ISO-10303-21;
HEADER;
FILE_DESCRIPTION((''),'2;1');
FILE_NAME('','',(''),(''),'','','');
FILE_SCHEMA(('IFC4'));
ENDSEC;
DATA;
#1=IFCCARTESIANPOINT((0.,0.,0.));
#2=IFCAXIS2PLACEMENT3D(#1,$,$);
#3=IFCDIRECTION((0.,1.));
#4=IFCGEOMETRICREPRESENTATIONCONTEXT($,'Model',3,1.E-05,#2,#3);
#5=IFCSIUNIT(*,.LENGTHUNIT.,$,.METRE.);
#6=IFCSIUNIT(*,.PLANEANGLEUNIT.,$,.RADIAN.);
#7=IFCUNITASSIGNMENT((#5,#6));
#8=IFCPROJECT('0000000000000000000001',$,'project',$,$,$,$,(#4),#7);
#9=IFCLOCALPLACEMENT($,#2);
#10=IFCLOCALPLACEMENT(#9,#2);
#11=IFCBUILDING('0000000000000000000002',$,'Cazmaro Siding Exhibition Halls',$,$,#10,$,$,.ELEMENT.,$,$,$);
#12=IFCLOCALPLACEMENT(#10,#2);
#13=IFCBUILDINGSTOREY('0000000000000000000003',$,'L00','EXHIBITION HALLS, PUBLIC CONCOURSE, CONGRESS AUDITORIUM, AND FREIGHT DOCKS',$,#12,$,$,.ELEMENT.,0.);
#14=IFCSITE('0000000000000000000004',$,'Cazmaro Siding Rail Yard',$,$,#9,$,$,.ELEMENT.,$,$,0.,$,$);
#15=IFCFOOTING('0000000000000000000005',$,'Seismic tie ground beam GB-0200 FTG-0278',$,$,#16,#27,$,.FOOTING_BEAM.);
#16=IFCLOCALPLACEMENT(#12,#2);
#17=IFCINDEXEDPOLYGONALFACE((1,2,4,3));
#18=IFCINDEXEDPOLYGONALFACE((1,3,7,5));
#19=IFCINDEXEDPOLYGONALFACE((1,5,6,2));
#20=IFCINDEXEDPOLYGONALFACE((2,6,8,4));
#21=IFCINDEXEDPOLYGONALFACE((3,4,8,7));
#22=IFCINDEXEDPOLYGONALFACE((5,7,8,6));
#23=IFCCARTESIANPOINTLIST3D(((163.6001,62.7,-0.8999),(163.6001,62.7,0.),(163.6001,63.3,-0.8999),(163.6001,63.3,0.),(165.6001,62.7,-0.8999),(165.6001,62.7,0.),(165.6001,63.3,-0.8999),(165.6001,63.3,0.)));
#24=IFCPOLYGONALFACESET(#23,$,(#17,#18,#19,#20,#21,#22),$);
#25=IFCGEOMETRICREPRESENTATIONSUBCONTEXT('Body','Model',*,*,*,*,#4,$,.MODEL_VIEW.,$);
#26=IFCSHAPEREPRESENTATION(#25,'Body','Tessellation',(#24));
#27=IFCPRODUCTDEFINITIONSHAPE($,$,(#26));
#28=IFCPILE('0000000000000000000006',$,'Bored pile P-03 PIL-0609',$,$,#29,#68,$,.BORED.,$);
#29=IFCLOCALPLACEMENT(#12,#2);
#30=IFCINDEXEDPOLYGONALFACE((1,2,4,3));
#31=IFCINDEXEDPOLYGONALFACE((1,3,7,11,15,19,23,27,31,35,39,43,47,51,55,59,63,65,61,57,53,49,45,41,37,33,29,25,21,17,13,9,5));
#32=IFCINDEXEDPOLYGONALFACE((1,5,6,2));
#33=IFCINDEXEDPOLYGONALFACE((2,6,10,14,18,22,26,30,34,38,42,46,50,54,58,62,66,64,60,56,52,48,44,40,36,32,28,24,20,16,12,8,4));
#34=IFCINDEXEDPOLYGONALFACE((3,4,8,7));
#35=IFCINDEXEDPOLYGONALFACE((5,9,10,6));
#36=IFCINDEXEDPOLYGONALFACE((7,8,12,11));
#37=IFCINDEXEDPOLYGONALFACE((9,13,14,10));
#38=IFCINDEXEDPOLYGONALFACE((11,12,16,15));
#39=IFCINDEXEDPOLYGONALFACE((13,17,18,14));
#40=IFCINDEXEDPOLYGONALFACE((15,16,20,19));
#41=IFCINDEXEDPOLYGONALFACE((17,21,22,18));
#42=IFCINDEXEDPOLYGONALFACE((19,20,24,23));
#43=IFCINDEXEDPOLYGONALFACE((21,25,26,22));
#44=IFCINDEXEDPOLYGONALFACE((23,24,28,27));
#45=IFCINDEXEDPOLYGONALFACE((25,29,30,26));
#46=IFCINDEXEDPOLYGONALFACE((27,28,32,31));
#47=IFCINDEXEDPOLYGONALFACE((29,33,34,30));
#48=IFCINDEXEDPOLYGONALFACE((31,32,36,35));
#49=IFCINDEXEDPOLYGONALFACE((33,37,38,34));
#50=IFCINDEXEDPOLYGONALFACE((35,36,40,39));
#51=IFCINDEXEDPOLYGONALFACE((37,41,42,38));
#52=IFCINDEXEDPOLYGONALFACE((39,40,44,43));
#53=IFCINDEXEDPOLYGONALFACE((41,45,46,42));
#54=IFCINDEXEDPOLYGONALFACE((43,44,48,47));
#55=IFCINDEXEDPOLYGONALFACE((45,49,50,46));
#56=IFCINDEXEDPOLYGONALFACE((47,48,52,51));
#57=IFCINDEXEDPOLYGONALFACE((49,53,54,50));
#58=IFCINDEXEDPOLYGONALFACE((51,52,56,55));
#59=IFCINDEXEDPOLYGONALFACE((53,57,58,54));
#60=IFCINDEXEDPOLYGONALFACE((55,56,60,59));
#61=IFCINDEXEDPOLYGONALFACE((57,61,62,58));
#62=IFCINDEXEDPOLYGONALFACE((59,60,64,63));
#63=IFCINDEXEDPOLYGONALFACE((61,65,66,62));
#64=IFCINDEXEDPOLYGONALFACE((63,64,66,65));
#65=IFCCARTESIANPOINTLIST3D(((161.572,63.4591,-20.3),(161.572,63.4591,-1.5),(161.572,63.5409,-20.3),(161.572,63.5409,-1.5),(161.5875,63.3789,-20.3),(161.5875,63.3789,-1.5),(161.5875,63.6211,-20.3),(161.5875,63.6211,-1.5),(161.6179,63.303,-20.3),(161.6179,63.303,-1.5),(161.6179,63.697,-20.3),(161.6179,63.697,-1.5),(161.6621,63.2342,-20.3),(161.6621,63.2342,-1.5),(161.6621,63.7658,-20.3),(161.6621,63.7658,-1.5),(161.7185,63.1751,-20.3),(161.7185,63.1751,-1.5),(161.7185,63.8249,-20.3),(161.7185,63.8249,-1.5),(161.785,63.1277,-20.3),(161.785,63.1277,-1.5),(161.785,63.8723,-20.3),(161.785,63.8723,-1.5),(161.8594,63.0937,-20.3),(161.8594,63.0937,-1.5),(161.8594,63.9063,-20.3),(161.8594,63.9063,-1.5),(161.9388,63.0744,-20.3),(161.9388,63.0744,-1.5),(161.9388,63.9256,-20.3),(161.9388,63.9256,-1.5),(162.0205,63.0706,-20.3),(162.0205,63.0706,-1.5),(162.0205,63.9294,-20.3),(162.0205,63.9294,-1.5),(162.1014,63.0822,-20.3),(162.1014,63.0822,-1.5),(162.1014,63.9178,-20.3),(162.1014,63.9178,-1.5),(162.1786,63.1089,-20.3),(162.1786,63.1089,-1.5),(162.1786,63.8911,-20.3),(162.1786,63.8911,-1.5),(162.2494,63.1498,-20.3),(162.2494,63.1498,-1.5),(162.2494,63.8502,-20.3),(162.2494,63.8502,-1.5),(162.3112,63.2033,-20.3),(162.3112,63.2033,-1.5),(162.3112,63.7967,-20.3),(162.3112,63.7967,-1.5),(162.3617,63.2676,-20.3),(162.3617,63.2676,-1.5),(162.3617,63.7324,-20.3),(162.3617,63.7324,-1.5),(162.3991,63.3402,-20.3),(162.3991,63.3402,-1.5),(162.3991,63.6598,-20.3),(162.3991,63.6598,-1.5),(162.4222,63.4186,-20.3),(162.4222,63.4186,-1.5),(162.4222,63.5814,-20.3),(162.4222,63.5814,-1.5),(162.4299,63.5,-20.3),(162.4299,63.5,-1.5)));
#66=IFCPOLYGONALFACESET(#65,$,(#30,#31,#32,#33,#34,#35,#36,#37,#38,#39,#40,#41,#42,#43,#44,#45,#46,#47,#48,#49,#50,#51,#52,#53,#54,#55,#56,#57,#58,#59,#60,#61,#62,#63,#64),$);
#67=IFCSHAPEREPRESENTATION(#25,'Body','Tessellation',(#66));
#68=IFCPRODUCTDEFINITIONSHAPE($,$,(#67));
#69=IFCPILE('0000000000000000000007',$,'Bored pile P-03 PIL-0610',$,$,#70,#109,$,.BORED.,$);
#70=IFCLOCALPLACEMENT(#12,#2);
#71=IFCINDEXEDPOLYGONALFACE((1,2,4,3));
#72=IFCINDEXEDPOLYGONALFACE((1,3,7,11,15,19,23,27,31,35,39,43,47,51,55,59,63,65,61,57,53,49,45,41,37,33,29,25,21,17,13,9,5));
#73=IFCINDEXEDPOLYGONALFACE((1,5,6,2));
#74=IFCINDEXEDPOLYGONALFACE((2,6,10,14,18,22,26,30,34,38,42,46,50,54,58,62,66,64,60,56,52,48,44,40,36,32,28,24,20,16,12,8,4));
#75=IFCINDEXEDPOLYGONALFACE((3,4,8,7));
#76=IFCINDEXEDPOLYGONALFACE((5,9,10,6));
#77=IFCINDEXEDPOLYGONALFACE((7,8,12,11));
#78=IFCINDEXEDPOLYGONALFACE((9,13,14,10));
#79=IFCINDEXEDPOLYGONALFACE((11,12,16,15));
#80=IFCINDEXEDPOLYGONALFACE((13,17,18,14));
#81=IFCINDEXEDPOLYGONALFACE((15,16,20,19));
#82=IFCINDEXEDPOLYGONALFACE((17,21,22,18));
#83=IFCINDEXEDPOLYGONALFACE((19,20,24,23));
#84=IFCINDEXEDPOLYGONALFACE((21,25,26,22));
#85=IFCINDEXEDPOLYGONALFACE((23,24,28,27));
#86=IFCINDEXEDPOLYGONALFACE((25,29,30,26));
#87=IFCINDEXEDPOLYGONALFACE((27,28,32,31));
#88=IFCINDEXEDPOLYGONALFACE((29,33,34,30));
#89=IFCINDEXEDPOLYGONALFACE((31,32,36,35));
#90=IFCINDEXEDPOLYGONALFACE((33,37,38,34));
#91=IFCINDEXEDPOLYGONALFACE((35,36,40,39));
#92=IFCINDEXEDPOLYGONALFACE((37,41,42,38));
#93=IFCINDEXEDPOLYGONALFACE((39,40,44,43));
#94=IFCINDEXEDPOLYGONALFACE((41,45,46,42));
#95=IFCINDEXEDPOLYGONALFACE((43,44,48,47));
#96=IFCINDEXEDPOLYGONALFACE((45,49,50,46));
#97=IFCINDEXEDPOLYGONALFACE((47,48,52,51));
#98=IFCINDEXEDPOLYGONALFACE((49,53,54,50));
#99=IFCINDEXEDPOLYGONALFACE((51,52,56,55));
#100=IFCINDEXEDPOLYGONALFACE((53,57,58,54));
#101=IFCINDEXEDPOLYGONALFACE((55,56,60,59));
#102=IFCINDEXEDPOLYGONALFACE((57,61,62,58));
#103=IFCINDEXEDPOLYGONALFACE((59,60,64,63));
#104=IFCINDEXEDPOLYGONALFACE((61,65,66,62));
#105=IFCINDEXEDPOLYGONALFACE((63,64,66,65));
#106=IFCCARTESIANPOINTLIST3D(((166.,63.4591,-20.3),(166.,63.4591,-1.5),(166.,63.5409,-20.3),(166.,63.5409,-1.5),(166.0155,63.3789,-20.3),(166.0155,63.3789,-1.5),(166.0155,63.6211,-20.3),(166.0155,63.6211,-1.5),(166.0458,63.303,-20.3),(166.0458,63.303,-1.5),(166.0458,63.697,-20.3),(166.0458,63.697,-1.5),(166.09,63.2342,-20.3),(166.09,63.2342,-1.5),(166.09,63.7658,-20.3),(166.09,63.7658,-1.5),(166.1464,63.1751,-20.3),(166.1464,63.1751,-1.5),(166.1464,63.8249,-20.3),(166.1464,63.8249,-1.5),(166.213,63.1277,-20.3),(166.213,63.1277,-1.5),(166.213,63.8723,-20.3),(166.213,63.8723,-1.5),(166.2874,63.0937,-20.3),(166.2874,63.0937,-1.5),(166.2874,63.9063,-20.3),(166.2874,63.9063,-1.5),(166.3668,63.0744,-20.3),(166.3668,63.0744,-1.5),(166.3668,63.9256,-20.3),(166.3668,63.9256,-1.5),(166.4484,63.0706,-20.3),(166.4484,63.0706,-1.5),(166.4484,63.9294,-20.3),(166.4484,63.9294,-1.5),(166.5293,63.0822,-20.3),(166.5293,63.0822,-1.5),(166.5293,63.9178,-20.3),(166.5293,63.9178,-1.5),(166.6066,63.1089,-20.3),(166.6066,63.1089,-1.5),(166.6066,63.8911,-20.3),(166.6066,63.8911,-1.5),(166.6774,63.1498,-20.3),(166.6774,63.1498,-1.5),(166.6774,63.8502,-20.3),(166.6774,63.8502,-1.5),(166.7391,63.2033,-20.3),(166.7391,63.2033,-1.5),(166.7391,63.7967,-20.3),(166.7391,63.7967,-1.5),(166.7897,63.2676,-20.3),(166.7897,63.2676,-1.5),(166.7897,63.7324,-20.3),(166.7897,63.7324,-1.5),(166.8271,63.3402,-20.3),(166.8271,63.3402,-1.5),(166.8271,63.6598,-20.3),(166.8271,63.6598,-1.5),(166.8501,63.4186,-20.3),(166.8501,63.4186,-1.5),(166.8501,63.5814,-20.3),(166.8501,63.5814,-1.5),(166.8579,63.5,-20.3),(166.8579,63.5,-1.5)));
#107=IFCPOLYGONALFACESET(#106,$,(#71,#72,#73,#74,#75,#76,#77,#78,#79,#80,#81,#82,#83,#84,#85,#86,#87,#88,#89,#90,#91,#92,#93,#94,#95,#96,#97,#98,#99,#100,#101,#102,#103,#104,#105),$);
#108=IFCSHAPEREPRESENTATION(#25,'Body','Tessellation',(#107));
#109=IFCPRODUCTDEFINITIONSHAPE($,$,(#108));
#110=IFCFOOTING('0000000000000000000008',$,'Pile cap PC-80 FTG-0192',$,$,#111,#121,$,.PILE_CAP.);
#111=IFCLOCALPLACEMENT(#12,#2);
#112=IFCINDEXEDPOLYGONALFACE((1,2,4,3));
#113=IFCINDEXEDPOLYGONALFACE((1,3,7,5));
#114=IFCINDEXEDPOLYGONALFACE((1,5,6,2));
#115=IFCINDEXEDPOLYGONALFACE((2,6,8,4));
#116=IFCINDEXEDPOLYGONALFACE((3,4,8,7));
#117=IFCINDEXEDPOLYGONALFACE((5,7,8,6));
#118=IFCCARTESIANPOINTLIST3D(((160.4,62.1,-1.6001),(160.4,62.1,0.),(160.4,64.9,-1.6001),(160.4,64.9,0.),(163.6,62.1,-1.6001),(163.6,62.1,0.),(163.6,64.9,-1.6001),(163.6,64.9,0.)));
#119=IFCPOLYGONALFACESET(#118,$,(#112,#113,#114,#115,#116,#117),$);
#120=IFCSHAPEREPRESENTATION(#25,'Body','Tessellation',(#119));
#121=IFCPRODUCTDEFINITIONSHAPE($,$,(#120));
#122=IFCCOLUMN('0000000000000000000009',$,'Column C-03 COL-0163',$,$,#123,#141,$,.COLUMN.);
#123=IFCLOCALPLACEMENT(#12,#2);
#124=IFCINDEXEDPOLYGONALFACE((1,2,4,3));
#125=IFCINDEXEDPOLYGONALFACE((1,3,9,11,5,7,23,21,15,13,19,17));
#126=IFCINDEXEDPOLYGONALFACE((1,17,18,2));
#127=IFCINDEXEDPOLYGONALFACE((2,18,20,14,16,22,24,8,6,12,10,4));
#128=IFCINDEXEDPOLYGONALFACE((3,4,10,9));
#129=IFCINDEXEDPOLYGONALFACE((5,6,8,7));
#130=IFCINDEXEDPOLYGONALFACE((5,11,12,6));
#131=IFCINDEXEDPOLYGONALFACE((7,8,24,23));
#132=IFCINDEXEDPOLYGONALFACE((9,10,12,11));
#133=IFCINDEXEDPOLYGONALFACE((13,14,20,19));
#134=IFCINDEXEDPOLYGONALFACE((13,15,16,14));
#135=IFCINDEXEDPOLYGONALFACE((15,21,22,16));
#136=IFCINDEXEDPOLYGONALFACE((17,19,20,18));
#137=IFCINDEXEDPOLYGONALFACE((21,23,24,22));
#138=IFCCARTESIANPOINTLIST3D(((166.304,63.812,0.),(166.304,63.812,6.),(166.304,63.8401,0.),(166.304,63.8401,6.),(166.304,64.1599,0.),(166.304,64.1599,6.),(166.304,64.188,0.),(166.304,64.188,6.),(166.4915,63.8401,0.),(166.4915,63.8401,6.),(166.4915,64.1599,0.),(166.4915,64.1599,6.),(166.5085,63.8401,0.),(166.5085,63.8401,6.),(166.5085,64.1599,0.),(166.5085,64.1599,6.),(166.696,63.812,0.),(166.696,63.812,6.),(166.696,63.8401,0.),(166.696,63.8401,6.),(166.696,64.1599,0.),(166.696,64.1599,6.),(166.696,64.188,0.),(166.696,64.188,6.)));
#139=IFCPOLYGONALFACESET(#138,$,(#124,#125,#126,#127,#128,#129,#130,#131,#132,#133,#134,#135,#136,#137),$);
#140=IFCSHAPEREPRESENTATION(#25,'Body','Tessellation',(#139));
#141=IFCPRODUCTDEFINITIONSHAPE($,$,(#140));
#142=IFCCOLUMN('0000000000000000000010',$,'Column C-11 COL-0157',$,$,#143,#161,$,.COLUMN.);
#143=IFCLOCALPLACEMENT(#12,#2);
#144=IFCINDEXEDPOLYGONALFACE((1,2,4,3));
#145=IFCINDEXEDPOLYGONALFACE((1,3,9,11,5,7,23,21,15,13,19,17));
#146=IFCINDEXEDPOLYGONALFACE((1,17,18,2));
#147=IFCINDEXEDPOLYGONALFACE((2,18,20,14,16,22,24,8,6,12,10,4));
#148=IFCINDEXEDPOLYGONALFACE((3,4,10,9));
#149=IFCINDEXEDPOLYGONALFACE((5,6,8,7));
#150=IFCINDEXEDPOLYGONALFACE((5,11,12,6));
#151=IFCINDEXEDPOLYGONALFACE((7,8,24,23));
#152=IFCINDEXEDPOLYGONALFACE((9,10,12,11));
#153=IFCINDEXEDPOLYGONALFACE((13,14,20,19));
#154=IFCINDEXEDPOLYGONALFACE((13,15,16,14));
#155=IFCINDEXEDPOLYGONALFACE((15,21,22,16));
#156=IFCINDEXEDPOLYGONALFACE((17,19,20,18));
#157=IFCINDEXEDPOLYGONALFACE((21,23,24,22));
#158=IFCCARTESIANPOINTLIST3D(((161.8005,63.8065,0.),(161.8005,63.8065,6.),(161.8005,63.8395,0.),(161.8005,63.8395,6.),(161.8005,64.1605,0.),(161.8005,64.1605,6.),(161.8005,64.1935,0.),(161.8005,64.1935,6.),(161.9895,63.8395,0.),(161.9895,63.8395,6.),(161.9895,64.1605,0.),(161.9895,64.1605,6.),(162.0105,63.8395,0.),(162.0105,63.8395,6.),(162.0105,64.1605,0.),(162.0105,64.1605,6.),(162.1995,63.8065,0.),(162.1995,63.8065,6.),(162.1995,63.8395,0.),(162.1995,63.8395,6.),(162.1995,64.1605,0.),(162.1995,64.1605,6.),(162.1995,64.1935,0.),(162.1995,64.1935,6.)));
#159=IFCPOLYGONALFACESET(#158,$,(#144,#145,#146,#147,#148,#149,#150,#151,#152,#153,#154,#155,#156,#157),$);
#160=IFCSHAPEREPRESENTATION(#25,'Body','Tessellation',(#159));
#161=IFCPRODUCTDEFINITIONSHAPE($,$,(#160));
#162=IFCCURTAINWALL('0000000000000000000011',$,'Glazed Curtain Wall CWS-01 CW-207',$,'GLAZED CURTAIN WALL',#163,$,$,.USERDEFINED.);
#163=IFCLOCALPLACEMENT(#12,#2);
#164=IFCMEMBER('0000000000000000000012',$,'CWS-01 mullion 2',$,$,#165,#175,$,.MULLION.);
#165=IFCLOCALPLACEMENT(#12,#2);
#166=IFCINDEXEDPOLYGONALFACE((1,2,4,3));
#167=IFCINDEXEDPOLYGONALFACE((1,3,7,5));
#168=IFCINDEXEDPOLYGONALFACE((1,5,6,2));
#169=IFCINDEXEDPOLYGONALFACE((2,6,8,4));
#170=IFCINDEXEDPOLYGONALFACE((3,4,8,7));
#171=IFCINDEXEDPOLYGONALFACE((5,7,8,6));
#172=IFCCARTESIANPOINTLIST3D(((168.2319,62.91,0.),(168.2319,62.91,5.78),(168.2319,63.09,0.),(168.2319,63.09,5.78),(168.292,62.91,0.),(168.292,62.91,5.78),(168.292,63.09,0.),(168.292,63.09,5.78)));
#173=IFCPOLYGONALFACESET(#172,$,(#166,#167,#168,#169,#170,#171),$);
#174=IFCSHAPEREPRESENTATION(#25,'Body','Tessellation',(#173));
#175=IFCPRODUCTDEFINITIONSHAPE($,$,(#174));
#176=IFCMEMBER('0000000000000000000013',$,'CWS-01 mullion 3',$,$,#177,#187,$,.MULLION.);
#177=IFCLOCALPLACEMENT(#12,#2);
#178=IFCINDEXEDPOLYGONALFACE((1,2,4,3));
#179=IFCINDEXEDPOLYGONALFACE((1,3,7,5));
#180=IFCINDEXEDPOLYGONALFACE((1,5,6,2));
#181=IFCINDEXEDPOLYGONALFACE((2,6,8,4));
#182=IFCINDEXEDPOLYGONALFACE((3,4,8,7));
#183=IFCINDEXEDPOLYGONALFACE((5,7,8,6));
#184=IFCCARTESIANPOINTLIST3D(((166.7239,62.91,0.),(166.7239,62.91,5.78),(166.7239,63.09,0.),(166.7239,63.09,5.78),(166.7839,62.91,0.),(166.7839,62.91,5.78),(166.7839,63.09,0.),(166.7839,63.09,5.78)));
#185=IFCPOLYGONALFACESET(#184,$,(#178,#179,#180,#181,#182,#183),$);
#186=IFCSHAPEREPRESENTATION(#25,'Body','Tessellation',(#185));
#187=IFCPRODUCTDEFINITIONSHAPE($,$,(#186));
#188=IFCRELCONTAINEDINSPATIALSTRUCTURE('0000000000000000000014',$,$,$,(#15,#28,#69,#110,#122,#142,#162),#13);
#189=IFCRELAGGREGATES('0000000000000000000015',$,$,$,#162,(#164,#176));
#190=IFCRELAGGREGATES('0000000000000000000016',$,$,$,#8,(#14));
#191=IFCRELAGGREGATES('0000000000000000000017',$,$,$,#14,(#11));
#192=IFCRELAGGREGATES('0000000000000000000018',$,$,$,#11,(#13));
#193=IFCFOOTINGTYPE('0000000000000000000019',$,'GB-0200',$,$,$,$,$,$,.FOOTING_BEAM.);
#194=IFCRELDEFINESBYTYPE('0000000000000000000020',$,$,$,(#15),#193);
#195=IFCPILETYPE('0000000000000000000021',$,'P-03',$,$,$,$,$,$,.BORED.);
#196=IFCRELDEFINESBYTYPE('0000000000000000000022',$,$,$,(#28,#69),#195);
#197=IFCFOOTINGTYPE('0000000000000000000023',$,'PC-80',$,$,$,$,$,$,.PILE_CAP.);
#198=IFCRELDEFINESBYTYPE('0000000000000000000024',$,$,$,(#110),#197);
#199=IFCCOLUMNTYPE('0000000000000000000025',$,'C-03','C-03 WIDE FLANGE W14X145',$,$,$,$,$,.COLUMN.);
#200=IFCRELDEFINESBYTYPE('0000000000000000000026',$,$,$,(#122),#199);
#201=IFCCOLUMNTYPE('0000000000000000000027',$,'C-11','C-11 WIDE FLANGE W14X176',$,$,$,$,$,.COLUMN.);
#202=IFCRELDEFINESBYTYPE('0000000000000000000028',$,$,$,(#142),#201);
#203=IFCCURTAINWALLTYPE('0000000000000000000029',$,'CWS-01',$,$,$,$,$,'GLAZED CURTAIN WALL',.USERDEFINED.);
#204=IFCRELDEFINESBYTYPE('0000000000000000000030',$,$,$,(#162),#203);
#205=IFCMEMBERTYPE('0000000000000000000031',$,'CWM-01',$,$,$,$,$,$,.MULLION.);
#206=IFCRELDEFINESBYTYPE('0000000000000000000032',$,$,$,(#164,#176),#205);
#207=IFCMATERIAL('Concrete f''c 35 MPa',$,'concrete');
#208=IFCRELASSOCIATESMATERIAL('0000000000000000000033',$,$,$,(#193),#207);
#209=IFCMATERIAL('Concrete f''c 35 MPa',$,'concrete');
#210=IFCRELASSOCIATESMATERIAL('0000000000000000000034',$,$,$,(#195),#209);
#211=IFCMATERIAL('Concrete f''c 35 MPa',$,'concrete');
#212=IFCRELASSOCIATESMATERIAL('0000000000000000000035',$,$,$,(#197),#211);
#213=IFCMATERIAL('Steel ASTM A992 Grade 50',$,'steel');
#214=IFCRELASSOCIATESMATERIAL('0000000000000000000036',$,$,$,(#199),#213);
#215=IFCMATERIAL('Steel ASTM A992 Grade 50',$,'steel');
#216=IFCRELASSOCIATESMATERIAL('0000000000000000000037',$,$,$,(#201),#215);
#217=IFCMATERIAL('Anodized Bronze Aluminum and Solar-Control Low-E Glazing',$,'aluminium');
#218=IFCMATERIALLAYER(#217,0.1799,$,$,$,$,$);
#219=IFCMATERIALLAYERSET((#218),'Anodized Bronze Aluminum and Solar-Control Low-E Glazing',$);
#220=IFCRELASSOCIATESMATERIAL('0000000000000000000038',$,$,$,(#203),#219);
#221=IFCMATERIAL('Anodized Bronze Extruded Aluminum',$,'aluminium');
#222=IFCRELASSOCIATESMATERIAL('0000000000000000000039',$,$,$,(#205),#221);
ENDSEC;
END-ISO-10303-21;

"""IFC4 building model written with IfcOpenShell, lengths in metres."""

from ifc_helpers import new_model, si_unit, direction, frame, origin, origin_2d, place, context, subcontext, project, spatial, rectangle, circle, i_section, extrude, material, layer, layer_set, material_profile, profile_set, type_object, element, aggregate, save


model = new_model("IFC4")

# Units and contexts
model_context = context("Model", 3, precision=1e-05, world=origin(), true_north=direction((0.0, 1.0)))
body_context = subcontext(model_context, "Body", "Model", "MODEL_VIEW")
ifc_project = project(units=[si_unit("LENGTHUNIT", "METRE"), si_unit("PLANEANGLEUNIT", "RADIAN")], contexts=[model_context])

# Site, building, storey
site_placement = place(None, origin())
site = spatial("IfcSite", under=ifc_project, at=site_placement, Name="Cazmaro Siding Rail Yard", CompositionType="ELEMENT", RefElevation=0.0)
building_placement = place(site_placement, origin())
building = spatial("IfcBuilding", under=site, at=building_placement, Name="Cazmaro Siding Exhibition Halls", CompositionType="ELEMENT")
storey_placement = place(building_placement, origin())
storey = spatial("IfcBuildingStorey", under=building, at=storey_placement, Name="L00", Description="EXHIBITION HALLS, PUBLIC CONCOURSE, CONGRESS AUDITORIUM, AND FREIGHT DOCKS", CompositionType="ELEMENT", Elevation=0.0)

# Footing
ifc_material_1 = material(Name="Concrete f'c 35 MPa", Category="concrete")
footing_type_1 = type_object("IfcFootingType", Name="GB-0200", PredefinedType="FOOTING_BEAM", material=ifc_material_1)
footing_1_placement = place(storey_placement, frame((164.6001, 63.0, -0.8999), z_axis=(0.0, 0.0, 1.0), x_axis=(1.0, 0.0, 0.0)))
element("IfcFooting", 1, at=footing_1_placement, inside=storey, type_object=footing_type_1, Name="Seismic tie ground beam GB-0200 FTG-0278", PredefinedType="FOOTING_BEAM", context=body_context, shape_type="SweptSolid", body=[
    extrude(rectangle(XDim=2.0, YDim=0.6001, at=origin_2d()), origin(), (0.0, 0.0, 1.0), 0.8999),
])

# Piles
ifc_material_2 = material(Name="Concrete f'c 35 MPa", Category="concrete")
ifc_material_profile_1 = material_profile(ifc_material_2, circle(Radius=0.4299, at=origin_2d()), Name="CIDH-860")
ifc_profile_set_1 = profile_set([ifc_material_profile_1], Name="Concrete f'c 35 MPa")
pile_type = type_object("IfcPileType", Name="P-03", PredefinedType="BORED", material=ifc_profile_set_1)
for number, where, z_axis, x_axis, name in (
    (2, (162.0, 63.5, -1.5), (0.0, 0.0, -1.0), (1.0, 0.0, 0.0), "Bored pile P-03 PIL-0609"),
    (3, (166.428, 63.5, -1.5), (0.0, 0.0, -1.0), (1.0, 0.0, 0.0), "Bored pile P-03 PIL-0610"),
):
    element("IfcPile", number, at=place(storey_placement, frame(where, z_axis=z_axis, x_axis=x_axis)), inside=storey, type_object=pile_type, Name=name, PredefinedType="BORED", context=body_context, shape_type="SweptSolid", body=[
        extrude(circle(Radius=0.4299, at=origin_2d()), origin(), (0.0, 0.0, 1.0), 18.8),
    ])

# Footing
ifc_material_3 = material(Name="Concrete f'c 35 MPa", Category="concrete")
footing_type_2 = type_object("IfcFootingType", Name="PC-80", PredefinedType="PILE_CAP", material=ifc_material_3)
footing_2_placement = place(storey_placement, frame((162.0, 63.5, -1.6001), z_axis=(0.0, 0.0, 1.0), x_axis=(1.0, 0.0, 0.0)))
element("IfcFooting", 4, at=footing_2_placement, inside=storey, type_object=footing_type_2, Name="Pile cap PC-80 FTG-0192", PredefinedType="PILE_CAP", context=body_context, shape_type="SweptSolid", body=[
    extrude(rectangle(XDim=3.2, YDim=2.8, at=origin_2d()), origin(), (0.0, 0.0, 1.0), 1.6001),
])

# Columns
ifc_material_4 = material(Name="Steel ASTM A992 Grade 50", Category="steel")
ifc_material_profile_2 = material_profile(ifc_material_4, i_section(OverallWidth=0.3921, OverallDepth=0.376, WebThickness=0.0171, FlangeThickness=0.0281, at=origin_2d()), Name="W14X145")
ifc_profile_set_2 = profile_set([ifc_material_profile_2], Name="Steel ASTM A992 Grade 50")
column_type_1 = type_object("IfcColumnType", Name="C-03", Description="C-03 WIDE FLANGE W14X145", PredefinedType="COLUMN", material=ifc_profile_set_2)
column_1_placement = place(storey_placement, frame((166.5, 64.0, 0.0), z_axis=(0.0, 0.0, 1.0), x_axis=(1.0, 0.0, 0.0)))
element("IfcColumn", 5, at=column_1_placement, inside=storey, type_object=column_type_1, Name="Column C-03 COL-0163", PredefinedType="COLUMN", context=body_context, shape_type="SweptSolid", body=[
    extrude(i_section(OverallWidth=0.3921, OverallDepth=0.376, WebThickness=0.0171, FlangeThickness=0.0281, at=origin_2d()), origin(), (0.0, 0.0, 1.0), 6.0),
])
ifc_material_5 = material(Name="Steel ASTM A992 Grade 50", Category="steel")
ifc_material_profile_3 = material_profile(ifc_material_5, i_section(OverallWidth=0.3989, OverallDepth=0.387, WebThickness=0.021, FlangeThickness=0.033, at=origin_2d()), Name="W14X176")
ifc_profile_set_3 = profile_set([ifc_material_profile_3], Name="Steel ASTM A992 Grade 50")
column_type_2 = type_object("IfcColumnType", Name="C-11", Description="C-11 WIDE FLANGE W14X176", PredefinedType="COLUMN", material=ifc_profile_set_3)
column_2_placement = place(storey_placement, frame((162.0, 64.0, 0.0), z_axis=(0.0, 0.0, 1.0), x_axis=(1.0, 0.0, 0.0)))
element("IfcColumn", 6, at=column_2_placement, inside=storey, type_object=column_type_2, Name="Column C-11 COL-0157", PredefinedType="COLUMN", context=body_context, shape_type="SweptSolid", body=[
    extrude(i_section(OverallWidth=0.3989, OverallDepth=0.387, WebThickness=0.021, FlangeThickness=0.033, at=origin_2d()), origin(), (0.0, 0.0, 1.0), 6.0),
])

# Curtain wall, members
ifc_material_6 = material(Name="Anodized Bronze Aluminum and Solar-Control Low-E Glazing", Category="aluminium")
ifc_layer_1 = layer(ifc_material_6, 0.1799)
ifc_layer_set_1 = layer_set([ifc_layer_1], Name="Anodized Bronze Aluminum and Solar-Control Low-E Glazing")
curtain_wall_type = type_object("IfcCurtainWallType", Name="CWS-01", ElementType="GLAZED CURTAIN WALL", PredefinedType="USERDEFINED", material=ifc_layer_set_1)
curtain_wall_placement = place(storey_placement, origin())
curtain_wall = element("IfcCurtainWall", 7, at=curtain_wall_placement, inside=storey, type_object=curtain_wall_type, Name="Glazed Curtain Wall CWS-01 CW-207", ObjectType="GLAZED CURTAIN WALL", PredefinedType="USERDEFINED")
ifc_material_7 = material(Name="Anodized Bronze Extruded Aluminum", Category="aluminium")
ifc_material_profile_4 = material_profile(ifc_material_7, rectangle(XDim=0.1799, YDim=0.0601, at=origin_2d()), Name="CWM-01")
ifc_profile_set_4 = profile_set([ifc_material_profile_4], Name="Anodized Bronze Extruded Aluminum")
member_type_1 = type_object("IfcMemberType", Name="CWM-01", PredefinedType="MULLION", material=ifc_profile_set_4)
member_1_placement = place(storey_placement, frame((168.262, 63.0, 0.0), z_axis=(0.0, 0.0, 1.0), x_axis=(0.0, -1.0, 0.0)))
member_1 = element("IfcMember", 8, at=member_1_placement, type_object=member_type_1, Name="CWS-01 mullion 2", PredefinedType="MULLION", context=body_context, shape_type="SweptSolid", body=[
    extrude(rectangle(XDim=0.1799, YDim=0.0601, at=origin_2d()), origin(), (0.0, 0.0, 1.0), 5.78),
])
member_2_placement = place(storey_placement, frame((166.7539, 63.0, 0.0), z_axis=(0.0, 0.0, 1.0), x_axis=(0.0, -1.0, 0.0)))
member_2 = element("IfcMember", 9, at=member_2_placement, type_object=member_type_1, Name="CWS-01 mullion 3", PredefinedType="MULLION", context=body_context, shape_type="SweptSolid", body=[
    extrude(rectangle(XDim=0.1799, YDim=0.0601, at=origin_2d()), origin(), (0.0, 0.0, 1.0), 5.78),
])
aggregate(curtain_wall, [member_1, member_2])

save(model, "model.ifc")
